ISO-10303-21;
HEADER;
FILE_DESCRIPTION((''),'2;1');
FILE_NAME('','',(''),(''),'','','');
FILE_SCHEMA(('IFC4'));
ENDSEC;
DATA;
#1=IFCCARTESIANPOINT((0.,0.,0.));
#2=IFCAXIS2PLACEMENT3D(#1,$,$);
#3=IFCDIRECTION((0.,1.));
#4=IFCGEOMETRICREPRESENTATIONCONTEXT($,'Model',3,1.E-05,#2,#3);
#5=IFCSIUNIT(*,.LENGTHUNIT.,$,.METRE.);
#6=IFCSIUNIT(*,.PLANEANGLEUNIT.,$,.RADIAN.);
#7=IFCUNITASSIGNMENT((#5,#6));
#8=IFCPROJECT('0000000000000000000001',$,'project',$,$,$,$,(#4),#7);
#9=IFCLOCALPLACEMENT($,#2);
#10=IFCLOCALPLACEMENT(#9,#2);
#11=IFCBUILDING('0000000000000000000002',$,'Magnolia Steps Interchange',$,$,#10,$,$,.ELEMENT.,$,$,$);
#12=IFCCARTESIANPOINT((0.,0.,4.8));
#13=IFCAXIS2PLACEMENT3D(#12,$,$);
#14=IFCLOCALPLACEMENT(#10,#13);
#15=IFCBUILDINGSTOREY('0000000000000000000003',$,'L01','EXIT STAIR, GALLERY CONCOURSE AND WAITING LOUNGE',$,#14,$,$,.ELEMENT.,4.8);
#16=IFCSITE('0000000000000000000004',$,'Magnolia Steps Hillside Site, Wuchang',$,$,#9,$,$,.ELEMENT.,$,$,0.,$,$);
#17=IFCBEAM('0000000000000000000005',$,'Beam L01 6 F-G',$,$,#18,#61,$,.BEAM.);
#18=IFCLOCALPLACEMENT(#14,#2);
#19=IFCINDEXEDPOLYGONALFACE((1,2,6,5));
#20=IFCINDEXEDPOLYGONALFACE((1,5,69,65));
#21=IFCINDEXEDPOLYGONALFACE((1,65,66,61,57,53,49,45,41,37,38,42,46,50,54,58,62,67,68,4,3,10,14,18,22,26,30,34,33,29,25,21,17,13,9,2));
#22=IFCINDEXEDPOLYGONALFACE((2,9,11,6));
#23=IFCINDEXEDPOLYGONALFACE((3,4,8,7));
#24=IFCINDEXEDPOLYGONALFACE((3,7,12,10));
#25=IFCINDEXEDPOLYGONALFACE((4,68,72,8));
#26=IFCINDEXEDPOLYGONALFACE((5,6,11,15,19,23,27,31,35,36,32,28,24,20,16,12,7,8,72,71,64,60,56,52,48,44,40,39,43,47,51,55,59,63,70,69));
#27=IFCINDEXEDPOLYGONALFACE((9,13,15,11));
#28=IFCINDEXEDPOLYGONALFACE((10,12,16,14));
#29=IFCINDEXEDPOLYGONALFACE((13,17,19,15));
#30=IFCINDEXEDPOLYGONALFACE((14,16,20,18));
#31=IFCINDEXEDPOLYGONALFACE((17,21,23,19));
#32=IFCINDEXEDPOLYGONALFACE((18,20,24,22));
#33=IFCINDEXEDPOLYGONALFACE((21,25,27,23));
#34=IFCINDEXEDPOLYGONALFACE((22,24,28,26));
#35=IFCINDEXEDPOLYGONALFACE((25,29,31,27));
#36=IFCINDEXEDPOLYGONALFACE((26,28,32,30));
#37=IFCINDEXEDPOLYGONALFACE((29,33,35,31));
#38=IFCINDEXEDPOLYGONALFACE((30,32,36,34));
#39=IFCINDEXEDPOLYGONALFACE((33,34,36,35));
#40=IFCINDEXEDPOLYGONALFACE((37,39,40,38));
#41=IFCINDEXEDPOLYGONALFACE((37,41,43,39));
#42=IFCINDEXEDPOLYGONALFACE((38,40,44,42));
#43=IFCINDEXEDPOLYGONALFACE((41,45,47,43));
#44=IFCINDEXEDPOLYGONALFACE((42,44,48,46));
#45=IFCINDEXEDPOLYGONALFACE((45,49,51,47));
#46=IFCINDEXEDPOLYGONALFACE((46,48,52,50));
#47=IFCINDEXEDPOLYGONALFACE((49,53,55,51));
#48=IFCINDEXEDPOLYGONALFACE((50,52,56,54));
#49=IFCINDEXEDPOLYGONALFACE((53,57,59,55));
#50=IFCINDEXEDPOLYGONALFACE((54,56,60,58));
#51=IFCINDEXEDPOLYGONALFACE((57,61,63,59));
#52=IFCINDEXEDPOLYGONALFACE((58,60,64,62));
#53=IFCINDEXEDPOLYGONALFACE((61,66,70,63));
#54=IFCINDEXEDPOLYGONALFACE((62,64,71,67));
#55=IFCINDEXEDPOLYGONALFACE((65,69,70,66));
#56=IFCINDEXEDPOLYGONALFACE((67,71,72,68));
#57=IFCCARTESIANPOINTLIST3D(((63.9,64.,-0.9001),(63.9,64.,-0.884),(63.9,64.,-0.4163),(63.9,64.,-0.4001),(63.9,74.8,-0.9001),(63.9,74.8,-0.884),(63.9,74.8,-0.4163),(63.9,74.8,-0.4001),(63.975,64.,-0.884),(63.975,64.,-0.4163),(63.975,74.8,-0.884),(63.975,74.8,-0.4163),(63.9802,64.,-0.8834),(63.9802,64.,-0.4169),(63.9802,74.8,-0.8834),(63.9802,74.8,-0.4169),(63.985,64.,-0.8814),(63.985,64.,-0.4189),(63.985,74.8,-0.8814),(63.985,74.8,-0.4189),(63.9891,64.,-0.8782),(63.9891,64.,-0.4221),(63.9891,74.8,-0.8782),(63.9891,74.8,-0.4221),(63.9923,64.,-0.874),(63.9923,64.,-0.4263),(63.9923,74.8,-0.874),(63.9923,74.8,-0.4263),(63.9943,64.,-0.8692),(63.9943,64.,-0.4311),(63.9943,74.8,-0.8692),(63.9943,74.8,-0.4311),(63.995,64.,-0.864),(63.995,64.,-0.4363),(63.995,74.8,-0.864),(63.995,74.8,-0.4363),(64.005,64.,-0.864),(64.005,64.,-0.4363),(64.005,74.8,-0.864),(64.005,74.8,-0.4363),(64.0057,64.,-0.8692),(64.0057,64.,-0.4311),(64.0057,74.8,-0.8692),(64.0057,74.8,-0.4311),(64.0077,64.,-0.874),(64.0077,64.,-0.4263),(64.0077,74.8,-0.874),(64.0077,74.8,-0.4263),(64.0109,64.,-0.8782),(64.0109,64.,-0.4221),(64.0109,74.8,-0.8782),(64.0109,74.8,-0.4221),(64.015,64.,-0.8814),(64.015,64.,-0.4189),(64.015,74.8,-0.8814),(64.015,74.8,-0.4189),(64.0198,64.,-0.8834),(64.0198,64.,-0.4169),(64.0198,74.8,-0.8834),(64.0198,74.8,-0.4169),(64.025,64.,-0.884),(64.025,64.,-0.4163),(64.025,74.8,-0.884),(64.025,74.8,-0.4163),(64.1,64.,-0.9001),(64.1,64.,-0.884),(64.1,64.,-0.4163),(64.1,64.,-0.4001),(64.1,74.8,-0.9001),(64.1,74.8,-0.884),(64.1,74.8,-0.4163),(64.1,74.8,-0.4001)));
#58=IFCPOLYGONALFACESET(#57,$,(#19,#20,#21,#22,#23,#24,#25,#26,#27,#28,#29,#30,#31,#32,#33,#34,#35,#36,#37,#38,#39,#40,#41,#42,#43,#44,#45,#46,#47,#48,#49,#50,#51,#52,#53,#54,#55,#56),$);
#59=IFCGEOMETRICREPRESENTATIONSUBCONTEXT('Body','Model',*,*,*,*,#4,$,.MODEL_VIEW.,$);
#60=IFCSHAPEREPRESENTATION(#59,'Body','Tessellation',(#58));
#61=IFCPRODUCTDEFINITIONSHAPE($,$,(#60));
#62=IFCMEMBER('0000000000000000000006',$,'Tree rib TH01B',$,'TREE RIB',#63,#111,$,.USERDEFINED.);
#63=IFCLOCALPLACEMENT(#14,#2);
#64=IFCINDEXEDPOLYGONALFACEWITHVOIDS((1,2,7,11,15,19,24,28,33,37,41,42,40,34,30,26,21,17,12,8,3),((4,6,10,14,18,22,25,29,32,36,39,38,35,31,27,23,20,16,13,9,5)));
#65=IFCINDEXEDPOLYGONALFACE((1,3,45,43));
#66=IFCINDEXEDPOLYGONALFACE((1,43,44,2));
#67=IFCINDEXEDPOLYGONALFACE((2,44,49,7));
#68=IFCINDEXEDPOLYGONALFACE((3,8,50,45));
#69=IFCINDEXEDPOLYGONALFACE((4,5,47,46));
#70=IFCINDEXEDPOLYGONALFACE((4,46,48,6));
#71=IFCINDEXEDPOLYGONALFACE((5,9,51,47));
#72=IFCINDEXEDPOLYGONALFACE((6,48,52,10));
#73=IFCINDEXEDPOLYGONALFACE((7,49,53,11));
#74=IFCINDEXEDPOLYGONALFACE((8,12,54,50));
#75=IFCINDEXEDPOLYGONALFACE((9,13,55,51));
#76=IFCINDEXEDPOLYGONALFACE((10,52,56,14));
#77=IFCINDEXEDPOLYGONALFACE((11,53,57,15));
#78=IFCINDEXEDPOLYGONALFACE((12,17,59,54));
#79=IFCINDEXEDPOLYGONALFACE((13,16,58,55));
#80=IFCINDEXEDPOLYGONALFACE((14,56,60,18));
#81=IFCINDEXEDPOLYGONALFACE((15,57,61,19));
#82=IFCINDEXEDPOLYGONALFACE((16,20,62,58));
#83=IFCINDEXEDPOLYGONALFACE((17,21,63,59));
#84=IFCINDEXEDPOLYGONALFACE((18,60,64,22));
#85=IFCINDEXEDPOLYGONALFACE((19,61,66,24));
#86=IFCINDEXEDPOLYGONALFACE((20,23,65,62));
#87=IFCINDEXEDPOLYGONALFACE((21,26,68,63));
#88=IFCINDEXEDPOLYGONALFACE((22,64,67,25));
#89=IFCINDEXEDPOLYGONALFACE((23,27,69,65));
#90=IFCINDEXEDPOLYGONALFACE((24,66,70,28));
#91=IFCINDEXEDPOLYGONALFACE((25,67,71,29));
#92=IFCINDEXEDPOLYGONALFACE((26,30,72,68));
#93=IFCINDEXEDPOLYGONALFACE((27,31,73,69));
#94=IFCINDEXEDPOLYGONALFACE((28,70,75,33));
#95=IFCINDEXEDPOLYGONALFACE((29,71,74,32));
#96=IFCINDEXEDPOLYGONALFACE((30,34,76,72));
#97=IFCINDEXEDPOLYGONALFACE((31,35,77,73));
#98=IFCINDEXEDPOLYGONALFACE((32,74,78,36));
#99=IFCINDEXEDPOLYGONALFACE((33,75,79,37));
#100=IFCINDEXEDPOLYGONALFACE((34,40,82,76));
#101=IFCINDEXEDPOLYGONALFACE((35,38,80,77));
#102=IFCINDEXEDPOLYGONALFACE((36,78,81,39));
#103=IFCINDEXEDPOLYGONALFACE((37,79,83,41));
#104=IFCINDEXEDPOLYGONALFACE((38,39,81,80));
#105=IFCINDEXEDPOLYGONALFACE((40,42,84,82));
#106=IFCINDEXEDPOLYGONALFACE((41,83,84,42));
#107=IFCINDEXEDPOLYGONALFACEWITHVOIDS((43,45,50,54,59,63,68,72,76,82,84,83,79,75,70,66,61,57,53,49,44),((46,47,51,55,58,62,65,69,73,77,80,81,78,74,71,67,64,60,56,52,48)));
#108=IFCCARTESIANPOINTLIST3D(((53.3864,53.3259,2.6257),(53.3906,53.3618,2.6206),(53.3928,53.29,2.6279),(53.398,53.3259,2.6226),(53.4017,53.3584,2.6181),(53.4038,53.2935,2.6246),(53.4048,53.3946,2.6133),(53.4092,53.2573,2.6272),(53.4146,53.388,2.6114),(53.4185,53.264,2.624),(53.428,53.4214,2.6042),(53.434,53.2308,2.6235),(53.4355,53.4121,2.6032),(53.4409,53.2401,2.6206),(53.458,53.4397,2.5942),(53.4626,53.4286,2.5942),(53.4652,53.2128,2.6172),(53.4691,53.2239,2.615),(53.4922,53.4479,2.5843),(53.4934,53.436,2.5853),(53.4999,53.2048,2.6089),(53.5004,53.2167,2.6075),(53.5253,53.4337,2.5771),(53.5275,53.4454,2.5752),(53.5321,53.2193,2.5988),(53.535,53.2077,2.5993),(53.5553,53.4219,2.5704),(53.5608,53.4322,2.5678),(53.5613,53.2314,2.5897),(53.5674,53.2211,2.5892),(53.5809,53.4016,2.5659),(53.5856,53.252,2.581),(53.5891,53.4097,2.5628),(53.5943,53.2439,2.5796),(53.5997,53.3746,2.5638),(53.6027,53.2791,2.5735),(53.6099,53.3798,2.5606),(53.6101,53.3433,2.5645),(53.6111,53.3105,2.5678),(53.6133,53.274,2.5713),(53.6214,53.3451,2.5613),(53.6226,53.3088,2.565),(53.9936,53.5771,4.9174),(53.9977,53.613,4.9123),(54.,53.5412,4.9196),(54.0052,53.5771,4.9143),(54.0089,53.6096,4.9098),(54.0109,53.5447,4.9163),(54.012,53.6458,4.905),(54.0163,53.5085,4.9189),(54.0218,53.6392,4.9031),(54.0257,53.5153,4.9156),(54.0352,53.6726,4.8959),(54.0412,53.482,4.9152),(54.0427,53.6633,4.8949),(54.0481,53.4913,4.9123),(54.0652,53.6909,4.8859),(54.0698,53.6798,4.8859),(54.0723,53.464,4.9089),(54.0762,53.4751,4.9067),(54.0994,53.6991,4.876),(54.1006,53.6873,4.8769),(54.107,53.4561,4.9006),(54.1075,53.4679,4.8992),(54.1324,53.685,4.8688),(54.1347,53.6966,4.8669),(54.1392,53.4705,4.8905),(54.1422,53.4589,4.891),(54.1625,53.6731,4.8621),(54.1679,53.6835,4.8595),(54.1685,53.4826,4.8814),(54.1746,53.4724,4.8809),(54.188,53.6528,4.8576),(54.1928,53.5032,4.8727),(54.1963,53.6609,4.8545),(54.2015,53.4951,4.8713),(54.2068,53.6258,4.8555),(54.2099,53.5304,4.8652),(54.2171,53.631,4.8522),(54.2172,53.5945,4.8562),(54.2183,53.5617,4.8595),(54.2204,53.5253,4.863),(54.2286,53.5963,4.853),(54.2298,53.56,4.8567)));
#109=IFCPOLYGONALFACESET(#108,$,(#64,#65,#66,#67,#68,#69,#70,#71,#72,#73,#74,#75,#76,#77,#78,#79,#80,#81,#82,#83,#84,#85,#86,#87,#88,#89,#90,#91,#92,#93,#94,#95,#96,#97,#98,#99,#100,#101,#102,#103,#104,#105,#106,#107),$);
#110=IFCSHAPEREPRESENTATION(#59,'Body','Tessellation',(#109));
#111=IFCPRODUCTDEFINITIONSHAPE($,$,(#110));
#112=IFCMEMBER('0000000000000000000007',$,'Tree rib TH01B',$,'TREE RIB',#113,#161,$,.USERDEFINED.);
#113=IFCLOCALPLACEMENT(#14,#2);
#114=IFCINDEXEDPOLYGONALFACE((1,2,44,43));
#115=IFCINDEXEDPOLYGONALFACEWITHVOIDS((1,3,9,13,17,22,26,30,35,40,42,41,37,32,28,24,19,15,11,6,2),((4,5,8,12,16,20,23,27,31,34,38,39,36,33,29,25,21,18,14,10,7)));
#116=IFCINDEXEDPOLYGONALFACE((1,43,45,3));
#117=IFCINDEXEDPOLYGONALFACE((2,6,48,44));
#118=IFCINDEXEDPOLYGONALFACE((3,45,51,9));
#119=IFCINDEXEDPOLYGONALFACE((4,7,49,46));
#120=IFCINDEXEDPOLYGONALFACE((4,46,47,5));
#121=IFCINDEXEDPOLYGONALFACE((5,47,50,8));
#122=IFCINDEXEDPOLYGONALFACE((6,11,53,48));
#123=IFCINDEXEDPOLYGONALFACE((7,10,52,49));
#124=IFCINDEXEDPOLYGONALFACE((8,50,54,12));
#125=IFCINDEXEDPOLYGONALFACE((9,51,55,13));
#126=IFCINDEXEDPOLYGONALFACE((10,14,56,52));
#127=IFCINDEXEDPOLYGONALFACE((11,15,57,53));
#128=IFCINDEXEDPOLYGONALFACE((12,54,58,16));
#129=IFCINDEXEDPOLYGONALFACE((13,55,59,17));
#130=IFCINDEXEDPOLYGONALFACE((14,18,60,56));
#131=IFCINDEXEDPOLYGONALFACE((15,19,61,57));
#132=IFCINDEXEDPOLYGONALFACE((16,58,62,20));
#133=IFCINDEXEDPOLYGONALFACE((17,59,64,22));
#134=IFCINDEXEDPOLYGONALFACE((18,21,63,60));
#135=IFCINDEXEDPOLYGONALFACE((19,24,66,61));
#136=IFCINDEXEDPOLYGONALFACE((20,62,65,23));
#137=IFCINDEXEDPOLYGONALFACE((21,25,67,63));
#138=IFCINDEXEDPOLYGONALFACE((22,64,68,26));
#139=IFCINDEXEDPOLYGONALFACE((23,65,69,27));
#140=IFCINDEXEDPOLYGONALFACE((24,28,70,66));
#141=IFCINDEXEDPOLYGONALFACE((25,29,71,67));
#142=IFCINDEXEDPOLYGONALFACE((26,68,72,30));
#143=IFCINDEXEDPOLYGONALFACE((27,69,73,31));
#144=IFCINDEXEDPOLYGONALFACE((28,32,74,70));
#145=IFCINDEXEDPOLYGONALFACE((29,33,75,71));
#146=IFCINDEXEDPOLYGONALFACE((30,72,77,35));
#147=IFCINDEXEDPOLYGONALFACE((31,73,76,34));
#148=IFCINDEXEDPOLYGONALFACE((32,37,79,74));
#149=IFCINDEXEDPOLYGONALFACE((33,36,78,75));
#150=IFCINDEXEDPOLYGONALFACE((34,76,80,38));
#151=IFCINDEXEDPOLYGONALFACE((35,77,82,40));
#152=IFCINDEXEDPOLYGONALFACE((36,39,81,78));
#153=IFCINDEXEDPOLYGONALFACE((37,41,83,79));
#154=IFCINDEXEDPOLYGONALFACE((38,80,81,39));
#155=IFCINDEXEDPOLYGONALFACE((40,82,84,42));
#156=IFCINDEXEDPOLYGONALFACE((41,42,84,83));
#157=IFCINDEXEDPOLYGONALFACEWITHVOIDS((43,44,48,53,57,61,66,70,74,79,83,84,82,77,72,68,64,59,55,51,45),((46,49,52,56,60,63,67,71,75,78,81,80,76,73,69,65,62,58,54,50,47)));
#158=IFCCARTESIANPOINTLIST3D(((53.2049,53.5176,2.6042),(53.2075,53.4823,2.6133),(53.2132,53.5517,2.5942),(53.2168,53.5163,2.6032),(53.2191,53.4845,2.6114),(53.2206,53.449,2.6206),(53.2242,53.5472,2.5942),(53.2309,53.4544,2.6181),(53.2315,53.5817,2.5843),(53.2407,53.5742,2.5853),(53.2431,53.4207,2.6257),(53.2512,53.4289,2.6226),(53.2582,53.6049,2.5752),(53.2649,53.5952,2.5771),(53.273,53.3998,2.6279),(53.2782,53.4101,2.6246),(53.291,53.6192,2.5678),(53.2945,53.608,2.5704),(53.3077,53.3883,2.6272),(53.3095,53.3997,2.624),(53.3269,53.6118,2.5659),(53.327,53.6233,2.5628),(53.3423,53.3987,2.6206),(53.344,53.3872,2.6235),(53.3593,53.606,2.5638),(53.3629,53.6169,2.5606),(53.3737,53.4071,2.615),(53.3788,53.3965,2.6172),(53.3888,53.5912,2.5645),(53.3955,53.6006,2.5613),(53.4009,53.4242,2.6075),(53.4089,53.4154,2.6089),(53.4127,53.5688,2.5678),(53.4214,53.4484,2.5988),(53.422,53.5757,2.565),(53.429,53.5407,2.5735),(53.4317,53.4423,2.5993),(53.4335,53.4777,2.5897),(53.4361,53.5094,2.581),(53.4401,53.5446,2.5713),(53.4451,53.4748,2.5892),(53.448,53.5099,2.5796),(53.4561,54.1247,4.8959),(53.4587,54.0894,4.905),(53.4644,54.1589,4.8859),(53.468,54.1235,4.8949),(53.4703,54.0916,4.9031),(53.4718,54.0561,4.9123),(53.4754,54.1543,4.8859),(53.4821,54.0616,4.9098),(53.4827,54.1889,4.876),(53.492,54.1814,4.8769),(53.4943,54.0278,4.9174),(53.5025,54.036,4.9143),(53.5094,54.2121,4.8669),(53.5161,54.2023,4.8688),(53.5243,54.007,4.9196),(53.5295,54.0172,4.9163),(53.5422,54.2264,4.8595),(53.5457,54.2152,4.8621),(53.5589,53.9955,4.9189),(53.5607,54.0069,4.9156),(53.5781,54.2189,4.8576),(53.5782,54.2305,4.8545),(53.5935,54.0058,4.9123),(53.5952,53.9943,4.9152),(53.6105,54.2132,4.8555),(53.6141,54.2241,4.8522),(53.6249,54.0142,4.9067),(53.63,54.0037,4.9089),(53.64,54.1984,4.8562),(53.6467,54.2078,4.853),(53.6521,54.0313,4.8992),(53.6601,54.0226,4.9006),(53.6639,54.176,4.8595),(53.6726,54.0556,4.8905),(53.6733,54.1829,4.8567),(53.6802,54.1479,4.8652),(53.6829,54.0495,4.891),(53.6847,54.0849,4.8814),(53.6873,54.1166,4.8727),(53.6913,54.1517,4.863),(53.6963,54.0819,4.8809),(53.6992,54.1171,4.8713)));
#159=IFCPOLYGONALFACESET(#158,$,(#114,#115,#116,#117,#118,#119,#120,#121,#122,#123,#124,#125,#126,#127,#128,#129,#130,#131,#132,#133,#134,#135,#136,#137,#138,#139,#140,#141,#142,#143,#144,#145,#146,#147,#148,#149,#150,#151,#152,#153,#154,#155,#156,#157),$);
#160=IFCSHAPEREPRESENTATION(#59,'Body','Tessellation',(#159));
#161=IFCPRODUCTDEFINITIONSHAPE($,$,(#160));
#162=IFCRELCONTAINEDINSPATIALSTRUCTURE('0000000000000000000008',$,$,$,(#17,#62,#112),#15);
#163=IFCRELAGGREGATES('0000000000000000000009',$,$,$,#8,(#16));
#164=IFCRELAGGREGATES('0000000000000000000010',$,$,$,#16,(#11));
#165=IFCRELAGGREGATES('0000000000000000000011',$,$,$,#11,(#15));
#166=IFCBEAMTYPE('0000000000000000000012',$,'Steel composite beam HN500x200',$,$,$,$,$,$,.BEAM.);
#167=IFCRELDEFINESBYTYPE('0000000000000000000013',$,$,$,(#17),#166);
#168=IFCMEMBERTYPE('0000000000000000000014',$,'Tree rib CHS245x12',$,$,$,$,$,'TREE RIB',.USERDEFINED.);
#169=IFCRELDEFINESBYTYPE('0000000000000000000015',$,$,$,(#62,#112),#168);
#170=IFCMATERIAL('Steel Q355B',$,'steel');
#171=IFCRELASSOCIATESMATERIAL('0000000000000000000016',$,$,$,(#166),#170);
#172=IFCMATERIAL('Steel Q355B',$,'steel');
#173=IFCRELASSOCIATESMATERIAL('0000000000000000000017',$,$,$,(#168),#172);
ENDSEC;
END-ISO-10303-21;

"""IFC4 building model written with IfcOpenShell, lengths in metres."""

from ifc_helpers import new_model, si_unit, direction, frame, origin, origin_2d, place, context, subcontext, project, spatial, hollow_circle, i_section, extrude, material, material_profile, profile_set, type_object, element, save


model = new_model("IFC4")

# Units and contexts
model_context = context("Model", 3, precision=1e-05, world=origin(), true_north=direction((0.0, 1.0)))
body_context = subcontext(model_context, "Body", "Model", "MODEL_VIEW")
ifc_project = project(units=[si_unit("LENGTHUNIT", "METRE"), si_unit("PLANEANGLEUNIT", "RADIAN")], contexts=[model_context])

# Site, building, storey
site_placement = place(None, origin())
site = spatial("IfcSite", under=ifc_project, at=site_placement, Name="Magnolia Steps Hillside Site, Wuchang", CompositionType="ELEMENT", RefElevation=0.0)
building_placement = place(site_placement, origin())
building = spatial("IfcBuilding", under=site, at=building_placement, Name="Magnolia Steps Interchange", CompositionType="ELEMENT")
storey_placement = place(building_placement, frame((0.0, 0.0, 4.8)))
storey = spatial("IfcBuildingStorey", under=building, at=storey_placement, Name="L01", Description="EXIT STAIR, GALLERY CONCOURSE AND WAITING LOUNGE", CompositionType="ELEMENT", Elevation=4.8)

# Beam
ifc_material_1 = material(Name="Steel Q355B", Category="steel")
ifc_material_profile_1 = material_profile(ifc_material_1, i_section(OverallWidth=0.2, OverallDepth=0.5, WebThickness=0.01, FlangeThickness=0.0161, FilletRadius=0.02, at=origin_2d()), Name="HN500x200")
ifc_profile_set_1 = profile_set([ifc_material_profile_1], Name="Steel Q355B")
beam_type = type_object("IfcBeamType", Name="Steel composite beam HN500x200", PredefinedType="BEAM", material=ifc_profile_set_1)
for number, where, z_axis, x_axis, name in (
    (1, (64.0, 64.0, -0.6501), (0.0, 1.0, 0.0), (-1.0, 0.0, 0.0), "Beam L01 6 F-G"),
):
    element("IfcBeam", number, at=place(storey_placement, frame(where, z_axis=z_axis, x_axis=x_axis)), inside=storey, type_object=beam_type, Name=name, PredefinedType="BEAM", context=body_context, shape_type="SweptSolid", body=[
        extrude(i_section(OverallWidth=0.2, OverallDepth=0.5, WebThickness=0.01, FlangeThickness=0.0161, FilletRadius=0.02, at=origin_2d()), origin(), (0.0, 0.0, 1.0), 10.8),
    ])

# Members
ifc_material_2 = material(Name="Steel Q355B", Category="steel")
ifc_material_profile_2 = material_profile(ifc_material_2, hollow_circle(Radius=0.1226, WallThickness=0.012, at=origin_2d()), Name="CHS245x12")
ifc_profile_set_2 = profile_set([ifc_material_profile_2], Name="Steel Q355B")
member_type = type_object("IfcMemberType", Name="Tree rib CHS245x12", ElementType="TREE RIB", PredefinedType="USERDEFINED", material=ifc_profile_set_2)
for number, where, z_axis, x_axis, name in (
    (2, (53.5049, 53.3264, 2.5942), (0.254679, 0.105374, 0.961267), (-0.382319, 0.92403, 0.0), "Tree rib TH01B"),
    (3, (53.3264, 53.5049, 2.5942), (0.105374, 0.254679, 0.961267), (-0.92403, 0.382319, 0.0), "Tree rib TH01B"),
):
    element("IfcMember", number, at=place(storey_placement, frame(where, z_axis=z_axis, x_axis=x_axis)), inside=storey, type_object=member_type, Name=name, ObjectType="TREE RIB", PredefinedType="USERDEFINED", context=body_context, shape_type="SweptSolid", body=[
        extrude(hollow_circle(Radius=0.1226, WallThickness=0.012, at=origin_2d()), origin(), (0.0, 0.0, 1.0), 2.384),
    ])

save(model, "model.ifc")
